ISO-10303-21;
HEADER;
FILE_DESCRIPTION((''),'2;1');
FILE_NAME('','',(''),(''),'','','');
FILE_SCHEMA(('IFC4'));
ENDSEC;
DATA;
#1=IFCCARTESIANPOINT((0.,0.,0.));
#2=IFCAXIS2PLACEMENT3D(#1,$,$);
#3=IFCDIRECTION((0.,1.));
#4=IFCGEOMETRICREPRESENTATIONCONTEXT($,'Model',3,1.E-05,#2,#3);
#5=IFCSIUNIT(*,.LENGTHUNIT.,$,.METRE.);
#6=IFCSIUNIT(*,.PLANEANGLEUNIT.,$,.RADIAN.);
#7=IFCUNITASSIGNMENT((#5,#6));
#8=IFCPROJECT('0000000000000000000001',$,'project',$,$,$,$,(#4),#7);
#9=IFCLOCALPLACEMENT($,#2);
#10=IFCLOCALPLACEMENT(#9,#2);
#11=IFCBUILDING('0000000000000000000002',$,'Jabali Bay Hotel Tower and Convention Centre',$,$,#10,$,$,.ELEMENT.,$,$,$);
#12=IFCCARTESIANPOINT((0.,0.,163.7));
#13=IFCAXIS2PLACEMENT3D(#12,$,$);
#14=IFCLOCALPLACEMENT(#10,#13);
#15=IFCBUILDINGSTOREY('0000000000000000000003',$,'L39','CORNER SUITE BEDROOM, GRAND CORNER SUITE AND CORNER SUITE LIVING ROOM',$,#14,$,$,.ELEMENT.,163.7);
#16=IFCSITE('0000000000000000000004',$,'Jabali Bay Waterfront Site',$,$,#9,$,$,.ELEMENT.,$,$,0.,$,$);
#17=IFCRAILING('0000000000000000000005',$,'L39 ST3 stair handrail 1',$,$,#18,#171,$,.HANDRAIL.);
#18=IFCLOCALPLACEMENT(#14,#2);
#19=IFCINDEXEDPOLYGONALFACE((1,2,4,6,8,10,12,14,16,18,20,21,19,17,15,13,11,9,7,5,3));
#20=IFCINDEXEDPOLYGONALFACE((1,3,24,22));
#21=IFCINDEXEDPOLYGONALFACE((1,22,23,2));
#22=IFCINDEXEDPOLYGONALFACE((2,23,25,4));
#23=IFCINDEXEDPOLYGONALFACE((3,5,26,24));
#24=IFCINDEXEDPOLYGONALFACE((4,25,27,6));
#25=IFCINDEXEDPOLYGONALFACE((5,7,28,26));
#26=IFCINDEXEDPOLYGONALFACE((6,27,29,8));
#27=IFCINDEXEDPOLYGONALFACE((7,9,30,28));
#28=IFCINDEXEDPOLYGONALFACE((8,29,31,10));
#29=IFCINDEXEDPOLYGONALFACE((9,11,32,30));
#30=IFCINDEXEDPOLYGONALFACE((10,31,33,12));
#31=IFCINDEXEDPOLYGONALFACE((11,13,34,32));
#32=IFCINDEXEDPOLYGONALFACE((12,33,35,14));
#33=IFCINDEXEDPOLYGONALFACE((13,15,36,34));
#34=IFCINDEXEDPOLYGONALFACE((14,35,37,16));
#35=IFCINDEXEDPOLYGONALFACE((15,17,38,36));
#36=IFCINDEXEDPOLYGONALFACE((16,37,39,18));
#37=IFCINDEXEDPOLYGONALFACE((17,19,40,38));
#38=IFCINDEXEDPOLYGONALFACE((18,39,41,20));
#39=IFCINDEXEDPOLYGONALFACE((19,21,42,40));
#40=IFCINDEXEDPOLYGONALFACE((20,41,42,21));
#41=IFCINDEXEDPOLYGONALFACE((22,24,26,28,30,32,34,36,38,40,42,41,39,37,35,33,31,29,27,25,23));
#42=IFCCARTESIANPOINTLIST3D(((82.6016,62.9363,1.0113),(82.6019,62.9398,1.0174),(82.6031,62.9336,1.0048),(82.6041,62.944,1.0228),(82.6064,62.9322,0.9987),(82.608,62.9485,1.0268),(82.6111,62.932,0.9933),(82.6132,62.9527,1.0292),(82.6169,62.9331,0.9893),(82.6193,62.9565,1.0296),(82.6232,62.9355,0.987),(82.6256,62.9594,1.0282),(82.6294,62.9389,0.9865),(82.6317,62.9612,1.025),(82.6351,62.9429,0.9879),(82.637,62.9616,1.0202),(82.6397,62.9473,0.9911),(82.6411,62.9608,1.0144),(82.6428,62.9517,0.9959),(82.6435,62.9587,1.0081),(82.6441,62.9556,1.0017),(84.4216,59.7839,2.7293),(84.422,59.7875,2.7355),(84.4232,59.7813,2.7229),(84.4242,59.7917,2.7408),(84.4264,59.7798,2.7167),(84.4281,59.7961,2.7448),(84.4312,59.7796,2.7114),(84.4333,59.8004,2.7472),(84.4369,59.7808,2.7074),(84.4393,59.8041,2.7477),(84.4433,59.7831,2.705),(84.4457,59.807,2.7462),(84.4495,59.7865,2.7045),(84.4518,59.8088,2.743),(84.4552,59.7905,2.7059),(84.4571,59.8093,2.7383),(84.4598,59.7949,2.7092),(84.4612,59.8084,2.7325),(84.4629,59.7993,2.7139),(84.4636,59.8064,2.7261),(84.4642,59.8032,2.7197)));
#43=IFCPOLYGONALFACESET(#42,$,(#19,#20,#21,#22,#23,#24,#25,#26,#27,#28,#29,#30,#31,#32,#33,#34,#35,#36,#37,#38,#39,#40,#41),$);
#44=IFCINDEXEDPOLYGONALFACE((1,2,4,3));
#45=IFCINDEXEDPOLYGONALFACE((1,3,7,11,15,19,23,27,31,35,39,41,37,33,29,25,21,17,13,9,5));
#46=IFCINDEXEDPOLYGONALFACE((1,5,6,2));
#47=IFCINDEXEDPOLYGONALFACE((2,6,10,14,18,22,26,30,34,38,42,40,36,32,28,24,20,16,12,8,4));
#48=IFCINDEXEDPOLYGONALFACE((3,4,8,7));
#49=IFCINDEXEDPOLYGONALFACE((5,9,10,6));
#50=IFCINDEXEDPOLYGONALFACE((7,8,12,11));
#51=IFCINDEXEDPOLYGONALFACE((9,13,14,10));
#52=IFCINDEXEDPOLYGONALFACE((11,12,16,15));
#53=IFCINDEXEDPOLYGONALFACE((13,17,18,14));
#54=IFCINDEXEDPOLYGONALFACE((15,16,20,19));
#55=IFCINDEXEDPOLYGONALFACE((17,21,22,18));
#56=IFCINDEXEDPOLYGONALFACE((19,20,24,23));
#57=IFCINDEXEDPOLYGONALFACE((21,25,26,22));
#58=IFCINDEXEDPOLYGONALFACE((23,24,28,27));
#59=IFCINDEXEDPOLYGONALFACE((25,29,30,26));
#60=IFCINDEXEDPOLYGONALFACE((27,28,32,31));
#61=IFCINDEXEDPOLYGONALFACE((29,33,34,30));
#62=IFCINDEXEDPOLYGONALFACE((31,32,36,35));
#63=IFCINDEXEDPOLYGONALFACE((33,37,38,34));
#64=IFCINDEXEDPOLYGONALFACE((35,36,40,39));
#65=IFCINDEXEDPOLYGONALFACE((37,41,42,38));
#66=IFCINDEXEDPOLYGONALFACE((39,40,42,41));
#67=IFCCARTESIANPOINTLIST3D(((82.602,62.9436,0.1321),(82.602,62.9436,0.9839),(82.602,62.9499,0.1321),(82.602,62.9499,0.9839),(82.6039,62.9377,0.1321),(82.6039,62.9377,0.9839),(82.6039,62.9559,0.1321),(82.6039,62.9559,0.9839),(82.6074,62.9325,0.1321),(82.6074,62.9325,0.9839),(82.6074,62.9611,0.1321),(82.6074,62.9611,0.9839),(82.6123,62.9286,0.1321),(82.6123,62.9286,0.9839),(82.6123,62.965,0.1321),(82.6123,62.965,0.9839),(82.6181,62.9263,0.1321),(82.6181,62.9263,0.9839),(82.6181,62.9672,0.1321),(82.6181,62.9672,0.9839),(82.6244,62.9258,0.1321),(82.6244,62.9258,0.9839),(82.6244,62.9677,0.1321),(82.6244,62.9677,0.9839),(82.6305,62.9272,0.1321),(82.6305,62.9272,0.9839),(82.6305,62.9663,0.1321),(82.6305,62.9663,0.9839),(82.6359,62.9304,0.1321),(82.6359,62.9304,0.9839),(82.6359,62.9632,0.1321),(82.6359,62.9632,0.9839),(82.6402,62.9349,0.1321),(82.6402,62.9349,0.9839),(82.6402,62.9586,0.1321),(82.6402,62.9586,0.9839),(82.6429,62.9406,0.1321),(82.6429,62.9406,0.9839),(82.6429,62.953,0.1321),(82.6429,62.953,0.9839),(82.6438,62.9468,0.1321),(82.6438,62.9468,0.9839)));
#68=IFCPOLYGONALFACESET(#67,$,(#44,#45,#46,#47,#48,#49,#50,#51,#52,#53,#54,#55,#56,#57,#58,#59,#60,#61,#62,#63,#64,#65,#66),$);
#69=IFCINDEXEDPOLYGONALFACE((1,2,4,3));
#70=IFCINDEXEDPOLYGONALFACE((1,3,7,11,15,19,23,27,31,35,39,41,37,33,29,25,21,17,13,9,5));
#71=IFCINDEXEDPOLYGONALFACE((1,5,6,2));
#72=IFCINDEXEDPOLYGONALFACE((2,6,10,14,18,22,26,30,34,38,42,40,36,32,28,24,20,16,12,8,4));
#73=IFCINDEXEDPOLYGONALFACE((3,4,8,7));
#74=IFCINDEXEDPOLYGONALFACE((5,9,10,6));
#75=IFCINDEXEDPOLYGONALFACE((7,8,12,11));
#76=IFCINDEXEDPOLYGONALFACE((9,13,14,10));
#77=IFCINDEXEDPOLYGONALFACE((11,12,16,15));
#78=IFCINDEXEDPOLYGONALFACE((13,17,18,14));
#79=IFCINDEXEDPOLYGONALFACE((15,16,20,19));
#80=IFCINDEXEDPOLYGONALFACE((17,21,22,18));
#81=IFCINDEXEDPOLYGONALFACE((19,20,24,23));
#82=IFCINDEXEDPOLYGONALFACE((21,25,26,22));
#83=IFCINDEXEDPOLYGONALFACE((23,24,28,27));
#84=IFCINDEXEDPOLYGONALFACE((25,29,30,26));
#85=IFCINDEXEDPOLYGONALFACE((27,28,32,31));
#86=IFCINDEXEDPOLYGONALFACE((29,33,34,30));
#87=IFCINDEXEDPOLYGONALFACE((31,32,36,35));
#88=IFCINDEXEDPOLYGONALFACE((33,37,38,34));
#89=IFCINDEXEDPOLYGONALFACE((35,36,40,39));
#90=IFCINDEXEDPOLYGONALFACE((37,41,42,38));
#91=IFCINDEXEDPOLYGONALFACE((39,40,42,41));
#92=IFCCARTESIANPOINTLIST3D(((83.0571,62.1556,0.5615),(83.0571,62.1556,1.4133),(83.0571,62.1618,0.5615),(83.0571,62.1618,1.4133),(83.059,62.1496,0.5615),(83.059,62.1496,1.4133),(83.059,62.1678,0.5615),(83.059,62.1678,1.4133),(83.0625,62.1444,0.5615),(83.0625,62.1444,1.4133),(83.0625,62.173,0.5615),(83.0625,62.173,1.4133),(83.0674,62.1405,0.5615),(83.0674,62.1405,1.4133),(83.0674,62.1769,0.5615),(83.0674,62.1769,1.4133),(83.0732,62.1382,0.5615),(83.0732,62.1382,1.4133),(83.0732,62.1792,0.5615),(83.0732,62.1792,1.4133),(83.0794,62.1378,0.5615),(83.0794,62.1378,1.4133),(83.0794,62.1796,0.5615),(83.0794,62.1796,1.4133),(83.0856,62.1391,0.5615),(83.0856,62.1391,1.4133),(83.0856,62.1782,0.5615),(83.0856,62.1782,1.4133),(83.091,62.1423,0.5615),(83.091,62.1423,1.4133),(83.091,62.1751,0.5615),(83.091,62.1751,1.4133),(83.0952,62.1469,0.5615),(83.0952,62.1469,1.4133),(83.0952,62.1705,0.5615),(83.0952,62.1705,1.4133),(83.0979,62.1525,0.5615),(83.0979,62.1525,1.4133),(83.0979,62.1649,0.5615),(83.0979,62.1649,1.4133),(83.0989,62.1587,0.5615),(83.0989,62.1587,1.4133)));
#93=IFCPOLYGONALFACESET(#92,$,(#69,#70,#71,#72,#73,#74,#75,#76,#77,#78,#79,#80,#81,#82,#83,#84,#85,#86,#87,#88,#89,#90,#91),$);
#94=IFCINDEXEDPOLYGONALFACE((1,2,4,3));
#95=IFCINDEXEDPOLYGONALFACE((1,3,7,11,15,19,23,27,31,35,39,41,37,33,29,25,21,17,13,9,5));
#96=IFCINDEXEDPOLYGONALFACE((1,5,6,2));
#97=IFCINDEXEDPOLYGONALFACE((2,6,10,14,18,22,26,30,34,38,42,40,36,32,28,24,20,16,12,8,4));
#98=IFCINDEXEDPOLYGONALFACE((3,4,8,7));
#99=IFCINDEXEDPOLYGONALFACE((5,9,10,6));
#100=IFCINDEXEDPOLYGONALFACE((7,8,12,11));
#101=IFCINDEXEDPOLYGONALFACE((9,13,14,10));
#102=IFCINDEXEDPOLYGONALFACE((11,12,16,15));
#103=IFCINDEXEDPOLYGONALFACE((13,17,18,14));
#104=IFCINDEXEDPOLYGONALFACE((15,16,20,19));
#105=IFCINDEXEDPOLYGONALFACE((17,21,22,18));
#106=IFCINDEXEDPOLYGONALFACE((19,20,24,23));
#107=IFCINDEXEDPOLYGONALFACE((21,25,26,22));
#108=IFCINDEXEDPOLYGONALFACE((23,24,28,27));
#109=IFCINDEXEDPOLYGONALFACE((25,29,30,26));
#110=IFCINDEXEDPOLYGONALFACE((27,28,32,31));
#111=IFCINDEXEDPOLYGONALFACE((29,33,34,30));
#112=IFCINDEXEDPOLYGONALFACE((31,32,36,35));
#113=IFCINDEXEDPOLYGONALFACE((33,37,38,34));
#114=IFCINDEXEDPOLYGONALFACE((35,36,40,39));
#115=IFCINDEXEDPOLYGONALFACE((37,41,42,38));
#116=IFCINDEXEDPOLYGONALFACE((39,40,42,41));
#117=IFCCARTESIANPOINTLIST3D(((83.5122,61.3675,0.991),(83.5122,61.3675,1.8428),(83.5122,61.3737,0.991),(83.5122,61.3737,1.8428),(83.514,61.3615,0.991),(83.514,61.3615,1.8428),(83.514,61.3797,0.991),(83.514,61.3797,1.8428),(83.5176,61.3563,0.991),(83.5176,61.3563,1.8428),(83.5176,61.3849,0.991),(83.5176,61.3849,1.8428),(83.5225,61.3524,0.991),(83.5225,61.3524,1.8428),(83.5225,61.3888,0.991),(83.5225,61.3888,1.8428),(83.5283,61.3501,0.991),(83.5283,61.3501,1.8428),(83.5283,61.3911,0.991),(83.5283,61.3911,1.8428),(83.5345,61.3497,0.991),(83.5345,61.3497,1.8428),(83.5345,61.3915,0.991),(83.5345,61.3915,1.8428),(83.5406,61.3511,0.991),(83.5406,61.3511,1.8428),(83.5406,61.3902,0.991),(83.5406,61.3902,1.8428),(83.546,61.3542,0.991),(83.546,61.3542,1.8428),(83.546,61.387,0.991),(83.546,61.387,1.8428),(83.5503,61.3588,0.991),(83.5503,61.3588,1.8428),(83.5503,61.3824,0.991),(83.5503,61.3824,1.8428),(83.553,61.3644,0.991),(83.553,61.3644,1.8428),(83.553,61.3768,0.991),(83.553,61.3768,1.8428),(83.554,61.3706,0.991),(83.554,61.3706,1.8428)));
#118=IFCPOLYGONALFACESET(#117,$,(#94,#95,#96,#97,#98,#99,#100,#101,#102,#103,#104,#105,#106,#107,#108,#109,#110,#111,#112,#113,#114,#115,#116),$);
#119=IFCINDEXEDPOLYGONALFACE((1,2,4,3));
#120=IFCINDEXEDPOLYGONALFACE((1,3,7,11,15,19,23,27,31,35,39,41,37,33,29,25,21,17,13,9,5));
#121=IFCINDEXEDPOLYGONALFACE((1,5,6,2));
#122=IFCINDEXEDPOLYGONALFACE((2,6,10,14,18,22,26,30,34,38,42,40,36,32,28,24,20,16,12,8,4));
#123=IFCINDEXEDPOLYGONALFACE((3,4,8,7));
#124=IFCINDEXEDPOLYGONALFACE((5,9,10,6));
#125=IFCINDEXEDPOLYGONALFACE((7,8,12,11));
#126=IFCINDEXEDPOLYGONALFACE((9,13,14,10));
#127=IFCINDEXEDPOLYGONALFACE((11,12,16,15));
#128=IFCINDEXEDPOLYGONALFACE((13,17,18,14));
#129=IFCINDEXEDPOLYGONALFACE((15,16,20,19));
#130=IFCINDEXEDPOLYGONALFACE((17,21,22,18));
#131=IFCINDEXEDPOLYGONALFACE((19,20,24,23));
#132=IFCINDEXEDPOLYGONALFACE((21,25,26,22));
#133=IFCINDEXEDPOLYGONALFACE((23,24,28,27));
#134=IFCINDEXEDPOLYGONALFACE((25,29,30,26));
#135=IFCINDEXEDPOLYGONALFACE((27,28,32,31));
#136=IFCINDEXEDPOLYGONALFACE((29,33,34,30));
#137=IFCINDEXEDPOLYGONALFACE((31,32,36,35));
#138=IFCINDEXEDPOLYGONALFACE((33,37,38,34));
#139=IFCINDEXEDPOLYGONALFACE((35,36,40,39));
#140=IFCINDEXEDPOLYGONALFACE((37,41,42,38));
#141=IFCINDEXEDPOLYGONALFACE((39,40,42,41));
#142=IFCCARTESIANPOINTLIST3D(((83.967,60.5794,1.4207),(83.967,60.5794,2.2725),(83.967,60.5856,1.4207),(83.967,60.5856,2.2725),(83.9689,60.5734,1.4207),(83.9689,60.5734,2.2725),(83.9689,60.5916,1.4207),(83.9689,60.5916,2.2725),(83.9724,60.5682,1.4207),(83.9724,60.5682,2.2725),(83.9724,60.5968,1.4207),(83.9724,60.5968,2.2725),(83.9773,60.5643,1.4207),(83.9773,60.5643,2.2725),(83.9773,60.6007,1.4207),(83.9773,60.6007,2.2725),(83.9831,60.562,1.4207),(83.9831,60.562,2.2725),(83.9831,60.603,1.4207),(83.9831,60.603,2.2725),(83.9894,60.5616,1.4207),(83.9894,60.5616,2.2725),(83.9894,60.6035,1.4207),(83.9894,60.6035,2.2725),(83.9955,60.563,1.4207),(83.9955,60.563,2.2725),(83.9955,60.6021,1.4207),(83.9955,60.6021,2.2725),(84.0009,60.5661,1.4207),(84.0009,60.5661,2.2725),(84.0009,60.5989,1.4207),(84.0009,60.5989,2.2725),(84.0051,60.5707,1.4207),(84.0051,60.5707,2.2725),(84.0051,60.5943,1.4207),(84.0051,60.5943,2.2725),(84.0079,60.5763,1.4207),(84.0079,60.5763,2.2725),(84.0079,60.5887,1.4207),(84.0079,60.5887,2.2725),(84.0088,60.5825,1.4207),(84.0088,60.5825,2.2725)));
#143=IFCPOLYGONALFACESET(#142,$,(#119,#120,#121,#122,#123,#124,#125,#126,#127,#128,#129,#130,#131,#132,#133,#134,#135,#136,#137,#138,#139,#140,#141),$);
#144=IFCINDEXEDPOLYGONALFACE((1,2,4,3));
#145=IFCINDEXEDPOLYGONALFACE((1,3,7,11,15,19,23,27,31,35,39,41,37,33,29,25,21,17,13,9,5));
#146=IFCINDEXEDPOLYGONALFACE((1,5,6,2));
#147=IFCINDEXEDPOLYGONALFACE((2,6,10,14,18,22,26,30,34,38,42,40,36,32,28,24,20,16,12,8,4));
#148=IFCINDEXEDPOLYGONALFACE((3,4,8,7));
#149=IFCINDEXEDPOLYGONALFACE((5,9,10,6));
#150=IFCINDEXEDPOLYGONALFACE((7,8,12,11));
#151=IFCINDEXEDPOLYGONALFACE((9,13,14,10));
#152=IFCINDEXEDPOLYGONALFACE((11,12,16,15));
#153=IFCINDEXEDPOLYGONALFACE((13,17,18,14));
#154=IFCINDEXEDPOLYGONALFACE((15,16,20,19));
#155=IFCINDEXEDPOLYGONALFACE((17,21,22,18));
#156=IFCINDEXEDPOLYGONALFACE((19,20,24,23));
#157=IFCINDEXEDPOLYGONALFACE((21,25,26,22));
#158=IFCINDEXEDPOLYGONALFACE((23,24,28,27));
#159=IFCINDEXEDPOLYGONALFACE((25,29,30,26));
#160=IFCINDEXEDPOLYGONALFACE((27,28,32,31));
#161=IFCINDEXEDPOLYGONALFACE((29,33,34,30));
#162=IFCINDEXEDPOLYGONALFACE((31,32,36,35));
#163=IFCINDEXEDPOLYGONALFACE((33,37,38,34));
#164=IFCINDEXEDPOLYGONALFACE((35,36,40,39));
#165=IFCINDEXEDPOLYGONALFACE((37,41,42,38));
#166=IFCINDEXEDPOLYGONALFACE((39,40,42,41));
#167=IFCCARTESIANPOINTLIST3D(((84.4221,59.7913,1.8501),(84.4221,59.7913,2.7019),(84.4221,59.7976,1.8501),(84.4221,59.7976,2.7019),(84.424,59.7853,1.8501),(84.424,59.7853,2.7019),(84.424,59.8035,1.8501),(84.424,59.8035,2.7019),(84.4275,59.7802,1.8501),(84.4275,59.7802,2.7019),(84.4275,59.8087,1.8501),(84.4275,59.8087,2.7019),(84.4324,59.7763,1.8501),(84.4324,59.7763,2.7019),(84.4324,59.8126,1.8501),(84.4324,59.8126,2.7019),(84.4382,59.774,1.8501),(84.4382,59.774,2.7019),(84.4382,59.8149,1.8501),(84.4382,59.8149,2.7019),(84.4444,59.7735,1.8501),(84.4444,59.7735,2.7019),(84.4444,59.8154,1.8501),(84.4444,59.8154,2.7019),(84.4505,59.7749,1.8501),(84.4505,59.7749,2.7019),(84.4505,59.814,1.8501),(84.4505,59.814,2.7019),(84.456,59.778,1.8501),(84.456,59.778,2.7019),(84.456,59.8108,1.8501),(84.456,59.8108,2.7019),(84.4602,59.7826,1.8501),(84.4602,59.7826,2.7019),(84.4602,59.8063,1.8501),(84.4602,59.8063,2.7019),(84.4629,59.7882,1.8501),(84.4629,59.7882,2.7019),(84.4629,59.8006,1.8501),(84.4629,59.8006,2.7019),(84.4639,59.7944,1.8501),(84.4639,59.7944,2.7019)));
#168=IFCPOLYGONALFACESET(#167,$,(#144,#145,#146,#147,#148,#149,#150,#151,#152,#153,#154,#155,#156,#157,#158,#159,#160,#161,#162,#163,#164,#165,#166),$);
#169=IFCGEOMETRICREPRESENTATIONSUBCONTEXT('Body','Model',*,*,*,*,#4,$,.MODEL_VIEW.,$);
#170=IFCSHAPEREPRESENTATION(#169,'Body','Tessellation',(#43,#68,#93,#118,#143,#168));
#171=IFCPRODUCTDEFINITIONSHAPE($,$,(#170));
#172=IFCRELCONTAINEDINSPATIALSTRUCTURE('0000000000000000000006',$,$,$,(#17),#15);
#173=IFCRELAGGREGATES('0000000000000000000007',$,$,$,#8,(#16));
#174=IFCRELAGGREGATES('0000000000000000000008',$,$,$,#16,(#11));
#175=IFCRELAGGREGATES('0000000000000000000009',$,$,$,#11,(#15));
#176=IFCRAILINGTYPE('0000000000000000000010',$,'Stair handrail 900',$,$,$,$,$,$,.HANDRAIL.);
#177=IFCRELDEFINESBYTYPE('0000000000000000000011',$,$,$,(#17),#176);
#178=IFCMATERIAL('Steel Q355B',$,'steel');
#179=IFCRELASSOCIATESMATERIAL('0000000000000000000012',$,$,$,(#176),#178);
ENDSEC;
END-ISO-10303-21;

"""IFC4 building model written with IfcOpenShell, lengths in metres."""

from ifc_helpers import new_model, si_unit, direction, frame, origin, origin_2d, place, context, subcontext, project, spatial, circle, extrude, material, type_object, element, save


model = new_model("IFC4")

# Units and contexts
model_context = context("Model", 3, precision=1e-05, world=origin(), true_north=direction((0.0, 1.0)))
body_context = subcontext(model_context, "Body", "Model", "MODEL_VIEW")
ifc_project = project(units=[si_unit("LENGTHUNIT", "METRE"), si_unit("PLANEANGLEUNIT", "RADIAN")], contexts=[model_context])

# Site, building, storey
site_placement = place(None, origin())
site = spatial("IfcSite", under=ifc_project, at=site_placement, Name="Jabali Bay Waterfront Site", CompositionType="ELEMENT", RefElevation=0.0)
building_placement = place(site_placement, origin())
building = spatial("IfcBuilding", under=site, at=building_placement, Name="Jabali Bay Hotel Tower and Convention Centre", CompositionType="ELEMENT")
storey_placement = place(building_placement, frame((0.0, 0.0, 163.7)))
storey = spatial("IfcBuildingStorey", under=building, at=storey_placement, Name="L39", Description="CORNER SUITE BEDROOM, GRAND CORNER SUITE AND CORNER SUITE LIVING ROOM", CompositionType="ELEMENT", Elevation=163.7)

# Railing
ifc_material_1 = material(Name="Steel Q355B", Category="steel")
railing_type_1 = type_object("IfcRailingType", Name="Stair handrail 900", PredefinedType="HANDRAIL", material=ifc_material_1)
railing_1_placement = place(storey_placement, frame((82.6228, 62.9468, 0.1321)))
element("IfcRailing", 1, at=railing_1_placement, inside=storey, type_object=railing_type_1, Name="L39 ST3 stair handrail 1", PredefinedType="HANDRAIL", context=body_context, shape_type="SweptSolid", body=[
    extrude(circle(Radius=0.0239, at=origin_2d()), frame((0.0, 0.0, 0.876), z_axis=(0.452179, -0.78317, 0.426825), x_axis=(0.866018, 0.500013, 0.0)), (0.0, 0.0, 1.0), 4.0251),
    extrude(circle(Radius=0.021, at=origin_2d()), origin(), (0.0, 0.0, 1.0), 0.8518),
    extrude(circle(Radius=0.021, at=origin_2d()), frame((0.4551, -0.7881, 0.4294)), (0.0, 0.0, 1.0), 0.8518),
    extrude(circle(Radius=0.021, at=origin_2d()), frame((0.9102, -1.5762, 0.8589)), (0.0, 0.0, 1.0), 0.8518),
    extrude(circle(Radius=0.021, at=origin_2d()), frame((1.365, -2.3643, 1.2886)), (0.0, 0.0, 1.0), 0.8518),
    extrude(circle(Radius=0.021, at=origin_2d()), frame((1.8201, -3.1523, 1.718)), (0.0, 0.0, 1.0), 0.8518),
])

save(model, "model.ifc")
